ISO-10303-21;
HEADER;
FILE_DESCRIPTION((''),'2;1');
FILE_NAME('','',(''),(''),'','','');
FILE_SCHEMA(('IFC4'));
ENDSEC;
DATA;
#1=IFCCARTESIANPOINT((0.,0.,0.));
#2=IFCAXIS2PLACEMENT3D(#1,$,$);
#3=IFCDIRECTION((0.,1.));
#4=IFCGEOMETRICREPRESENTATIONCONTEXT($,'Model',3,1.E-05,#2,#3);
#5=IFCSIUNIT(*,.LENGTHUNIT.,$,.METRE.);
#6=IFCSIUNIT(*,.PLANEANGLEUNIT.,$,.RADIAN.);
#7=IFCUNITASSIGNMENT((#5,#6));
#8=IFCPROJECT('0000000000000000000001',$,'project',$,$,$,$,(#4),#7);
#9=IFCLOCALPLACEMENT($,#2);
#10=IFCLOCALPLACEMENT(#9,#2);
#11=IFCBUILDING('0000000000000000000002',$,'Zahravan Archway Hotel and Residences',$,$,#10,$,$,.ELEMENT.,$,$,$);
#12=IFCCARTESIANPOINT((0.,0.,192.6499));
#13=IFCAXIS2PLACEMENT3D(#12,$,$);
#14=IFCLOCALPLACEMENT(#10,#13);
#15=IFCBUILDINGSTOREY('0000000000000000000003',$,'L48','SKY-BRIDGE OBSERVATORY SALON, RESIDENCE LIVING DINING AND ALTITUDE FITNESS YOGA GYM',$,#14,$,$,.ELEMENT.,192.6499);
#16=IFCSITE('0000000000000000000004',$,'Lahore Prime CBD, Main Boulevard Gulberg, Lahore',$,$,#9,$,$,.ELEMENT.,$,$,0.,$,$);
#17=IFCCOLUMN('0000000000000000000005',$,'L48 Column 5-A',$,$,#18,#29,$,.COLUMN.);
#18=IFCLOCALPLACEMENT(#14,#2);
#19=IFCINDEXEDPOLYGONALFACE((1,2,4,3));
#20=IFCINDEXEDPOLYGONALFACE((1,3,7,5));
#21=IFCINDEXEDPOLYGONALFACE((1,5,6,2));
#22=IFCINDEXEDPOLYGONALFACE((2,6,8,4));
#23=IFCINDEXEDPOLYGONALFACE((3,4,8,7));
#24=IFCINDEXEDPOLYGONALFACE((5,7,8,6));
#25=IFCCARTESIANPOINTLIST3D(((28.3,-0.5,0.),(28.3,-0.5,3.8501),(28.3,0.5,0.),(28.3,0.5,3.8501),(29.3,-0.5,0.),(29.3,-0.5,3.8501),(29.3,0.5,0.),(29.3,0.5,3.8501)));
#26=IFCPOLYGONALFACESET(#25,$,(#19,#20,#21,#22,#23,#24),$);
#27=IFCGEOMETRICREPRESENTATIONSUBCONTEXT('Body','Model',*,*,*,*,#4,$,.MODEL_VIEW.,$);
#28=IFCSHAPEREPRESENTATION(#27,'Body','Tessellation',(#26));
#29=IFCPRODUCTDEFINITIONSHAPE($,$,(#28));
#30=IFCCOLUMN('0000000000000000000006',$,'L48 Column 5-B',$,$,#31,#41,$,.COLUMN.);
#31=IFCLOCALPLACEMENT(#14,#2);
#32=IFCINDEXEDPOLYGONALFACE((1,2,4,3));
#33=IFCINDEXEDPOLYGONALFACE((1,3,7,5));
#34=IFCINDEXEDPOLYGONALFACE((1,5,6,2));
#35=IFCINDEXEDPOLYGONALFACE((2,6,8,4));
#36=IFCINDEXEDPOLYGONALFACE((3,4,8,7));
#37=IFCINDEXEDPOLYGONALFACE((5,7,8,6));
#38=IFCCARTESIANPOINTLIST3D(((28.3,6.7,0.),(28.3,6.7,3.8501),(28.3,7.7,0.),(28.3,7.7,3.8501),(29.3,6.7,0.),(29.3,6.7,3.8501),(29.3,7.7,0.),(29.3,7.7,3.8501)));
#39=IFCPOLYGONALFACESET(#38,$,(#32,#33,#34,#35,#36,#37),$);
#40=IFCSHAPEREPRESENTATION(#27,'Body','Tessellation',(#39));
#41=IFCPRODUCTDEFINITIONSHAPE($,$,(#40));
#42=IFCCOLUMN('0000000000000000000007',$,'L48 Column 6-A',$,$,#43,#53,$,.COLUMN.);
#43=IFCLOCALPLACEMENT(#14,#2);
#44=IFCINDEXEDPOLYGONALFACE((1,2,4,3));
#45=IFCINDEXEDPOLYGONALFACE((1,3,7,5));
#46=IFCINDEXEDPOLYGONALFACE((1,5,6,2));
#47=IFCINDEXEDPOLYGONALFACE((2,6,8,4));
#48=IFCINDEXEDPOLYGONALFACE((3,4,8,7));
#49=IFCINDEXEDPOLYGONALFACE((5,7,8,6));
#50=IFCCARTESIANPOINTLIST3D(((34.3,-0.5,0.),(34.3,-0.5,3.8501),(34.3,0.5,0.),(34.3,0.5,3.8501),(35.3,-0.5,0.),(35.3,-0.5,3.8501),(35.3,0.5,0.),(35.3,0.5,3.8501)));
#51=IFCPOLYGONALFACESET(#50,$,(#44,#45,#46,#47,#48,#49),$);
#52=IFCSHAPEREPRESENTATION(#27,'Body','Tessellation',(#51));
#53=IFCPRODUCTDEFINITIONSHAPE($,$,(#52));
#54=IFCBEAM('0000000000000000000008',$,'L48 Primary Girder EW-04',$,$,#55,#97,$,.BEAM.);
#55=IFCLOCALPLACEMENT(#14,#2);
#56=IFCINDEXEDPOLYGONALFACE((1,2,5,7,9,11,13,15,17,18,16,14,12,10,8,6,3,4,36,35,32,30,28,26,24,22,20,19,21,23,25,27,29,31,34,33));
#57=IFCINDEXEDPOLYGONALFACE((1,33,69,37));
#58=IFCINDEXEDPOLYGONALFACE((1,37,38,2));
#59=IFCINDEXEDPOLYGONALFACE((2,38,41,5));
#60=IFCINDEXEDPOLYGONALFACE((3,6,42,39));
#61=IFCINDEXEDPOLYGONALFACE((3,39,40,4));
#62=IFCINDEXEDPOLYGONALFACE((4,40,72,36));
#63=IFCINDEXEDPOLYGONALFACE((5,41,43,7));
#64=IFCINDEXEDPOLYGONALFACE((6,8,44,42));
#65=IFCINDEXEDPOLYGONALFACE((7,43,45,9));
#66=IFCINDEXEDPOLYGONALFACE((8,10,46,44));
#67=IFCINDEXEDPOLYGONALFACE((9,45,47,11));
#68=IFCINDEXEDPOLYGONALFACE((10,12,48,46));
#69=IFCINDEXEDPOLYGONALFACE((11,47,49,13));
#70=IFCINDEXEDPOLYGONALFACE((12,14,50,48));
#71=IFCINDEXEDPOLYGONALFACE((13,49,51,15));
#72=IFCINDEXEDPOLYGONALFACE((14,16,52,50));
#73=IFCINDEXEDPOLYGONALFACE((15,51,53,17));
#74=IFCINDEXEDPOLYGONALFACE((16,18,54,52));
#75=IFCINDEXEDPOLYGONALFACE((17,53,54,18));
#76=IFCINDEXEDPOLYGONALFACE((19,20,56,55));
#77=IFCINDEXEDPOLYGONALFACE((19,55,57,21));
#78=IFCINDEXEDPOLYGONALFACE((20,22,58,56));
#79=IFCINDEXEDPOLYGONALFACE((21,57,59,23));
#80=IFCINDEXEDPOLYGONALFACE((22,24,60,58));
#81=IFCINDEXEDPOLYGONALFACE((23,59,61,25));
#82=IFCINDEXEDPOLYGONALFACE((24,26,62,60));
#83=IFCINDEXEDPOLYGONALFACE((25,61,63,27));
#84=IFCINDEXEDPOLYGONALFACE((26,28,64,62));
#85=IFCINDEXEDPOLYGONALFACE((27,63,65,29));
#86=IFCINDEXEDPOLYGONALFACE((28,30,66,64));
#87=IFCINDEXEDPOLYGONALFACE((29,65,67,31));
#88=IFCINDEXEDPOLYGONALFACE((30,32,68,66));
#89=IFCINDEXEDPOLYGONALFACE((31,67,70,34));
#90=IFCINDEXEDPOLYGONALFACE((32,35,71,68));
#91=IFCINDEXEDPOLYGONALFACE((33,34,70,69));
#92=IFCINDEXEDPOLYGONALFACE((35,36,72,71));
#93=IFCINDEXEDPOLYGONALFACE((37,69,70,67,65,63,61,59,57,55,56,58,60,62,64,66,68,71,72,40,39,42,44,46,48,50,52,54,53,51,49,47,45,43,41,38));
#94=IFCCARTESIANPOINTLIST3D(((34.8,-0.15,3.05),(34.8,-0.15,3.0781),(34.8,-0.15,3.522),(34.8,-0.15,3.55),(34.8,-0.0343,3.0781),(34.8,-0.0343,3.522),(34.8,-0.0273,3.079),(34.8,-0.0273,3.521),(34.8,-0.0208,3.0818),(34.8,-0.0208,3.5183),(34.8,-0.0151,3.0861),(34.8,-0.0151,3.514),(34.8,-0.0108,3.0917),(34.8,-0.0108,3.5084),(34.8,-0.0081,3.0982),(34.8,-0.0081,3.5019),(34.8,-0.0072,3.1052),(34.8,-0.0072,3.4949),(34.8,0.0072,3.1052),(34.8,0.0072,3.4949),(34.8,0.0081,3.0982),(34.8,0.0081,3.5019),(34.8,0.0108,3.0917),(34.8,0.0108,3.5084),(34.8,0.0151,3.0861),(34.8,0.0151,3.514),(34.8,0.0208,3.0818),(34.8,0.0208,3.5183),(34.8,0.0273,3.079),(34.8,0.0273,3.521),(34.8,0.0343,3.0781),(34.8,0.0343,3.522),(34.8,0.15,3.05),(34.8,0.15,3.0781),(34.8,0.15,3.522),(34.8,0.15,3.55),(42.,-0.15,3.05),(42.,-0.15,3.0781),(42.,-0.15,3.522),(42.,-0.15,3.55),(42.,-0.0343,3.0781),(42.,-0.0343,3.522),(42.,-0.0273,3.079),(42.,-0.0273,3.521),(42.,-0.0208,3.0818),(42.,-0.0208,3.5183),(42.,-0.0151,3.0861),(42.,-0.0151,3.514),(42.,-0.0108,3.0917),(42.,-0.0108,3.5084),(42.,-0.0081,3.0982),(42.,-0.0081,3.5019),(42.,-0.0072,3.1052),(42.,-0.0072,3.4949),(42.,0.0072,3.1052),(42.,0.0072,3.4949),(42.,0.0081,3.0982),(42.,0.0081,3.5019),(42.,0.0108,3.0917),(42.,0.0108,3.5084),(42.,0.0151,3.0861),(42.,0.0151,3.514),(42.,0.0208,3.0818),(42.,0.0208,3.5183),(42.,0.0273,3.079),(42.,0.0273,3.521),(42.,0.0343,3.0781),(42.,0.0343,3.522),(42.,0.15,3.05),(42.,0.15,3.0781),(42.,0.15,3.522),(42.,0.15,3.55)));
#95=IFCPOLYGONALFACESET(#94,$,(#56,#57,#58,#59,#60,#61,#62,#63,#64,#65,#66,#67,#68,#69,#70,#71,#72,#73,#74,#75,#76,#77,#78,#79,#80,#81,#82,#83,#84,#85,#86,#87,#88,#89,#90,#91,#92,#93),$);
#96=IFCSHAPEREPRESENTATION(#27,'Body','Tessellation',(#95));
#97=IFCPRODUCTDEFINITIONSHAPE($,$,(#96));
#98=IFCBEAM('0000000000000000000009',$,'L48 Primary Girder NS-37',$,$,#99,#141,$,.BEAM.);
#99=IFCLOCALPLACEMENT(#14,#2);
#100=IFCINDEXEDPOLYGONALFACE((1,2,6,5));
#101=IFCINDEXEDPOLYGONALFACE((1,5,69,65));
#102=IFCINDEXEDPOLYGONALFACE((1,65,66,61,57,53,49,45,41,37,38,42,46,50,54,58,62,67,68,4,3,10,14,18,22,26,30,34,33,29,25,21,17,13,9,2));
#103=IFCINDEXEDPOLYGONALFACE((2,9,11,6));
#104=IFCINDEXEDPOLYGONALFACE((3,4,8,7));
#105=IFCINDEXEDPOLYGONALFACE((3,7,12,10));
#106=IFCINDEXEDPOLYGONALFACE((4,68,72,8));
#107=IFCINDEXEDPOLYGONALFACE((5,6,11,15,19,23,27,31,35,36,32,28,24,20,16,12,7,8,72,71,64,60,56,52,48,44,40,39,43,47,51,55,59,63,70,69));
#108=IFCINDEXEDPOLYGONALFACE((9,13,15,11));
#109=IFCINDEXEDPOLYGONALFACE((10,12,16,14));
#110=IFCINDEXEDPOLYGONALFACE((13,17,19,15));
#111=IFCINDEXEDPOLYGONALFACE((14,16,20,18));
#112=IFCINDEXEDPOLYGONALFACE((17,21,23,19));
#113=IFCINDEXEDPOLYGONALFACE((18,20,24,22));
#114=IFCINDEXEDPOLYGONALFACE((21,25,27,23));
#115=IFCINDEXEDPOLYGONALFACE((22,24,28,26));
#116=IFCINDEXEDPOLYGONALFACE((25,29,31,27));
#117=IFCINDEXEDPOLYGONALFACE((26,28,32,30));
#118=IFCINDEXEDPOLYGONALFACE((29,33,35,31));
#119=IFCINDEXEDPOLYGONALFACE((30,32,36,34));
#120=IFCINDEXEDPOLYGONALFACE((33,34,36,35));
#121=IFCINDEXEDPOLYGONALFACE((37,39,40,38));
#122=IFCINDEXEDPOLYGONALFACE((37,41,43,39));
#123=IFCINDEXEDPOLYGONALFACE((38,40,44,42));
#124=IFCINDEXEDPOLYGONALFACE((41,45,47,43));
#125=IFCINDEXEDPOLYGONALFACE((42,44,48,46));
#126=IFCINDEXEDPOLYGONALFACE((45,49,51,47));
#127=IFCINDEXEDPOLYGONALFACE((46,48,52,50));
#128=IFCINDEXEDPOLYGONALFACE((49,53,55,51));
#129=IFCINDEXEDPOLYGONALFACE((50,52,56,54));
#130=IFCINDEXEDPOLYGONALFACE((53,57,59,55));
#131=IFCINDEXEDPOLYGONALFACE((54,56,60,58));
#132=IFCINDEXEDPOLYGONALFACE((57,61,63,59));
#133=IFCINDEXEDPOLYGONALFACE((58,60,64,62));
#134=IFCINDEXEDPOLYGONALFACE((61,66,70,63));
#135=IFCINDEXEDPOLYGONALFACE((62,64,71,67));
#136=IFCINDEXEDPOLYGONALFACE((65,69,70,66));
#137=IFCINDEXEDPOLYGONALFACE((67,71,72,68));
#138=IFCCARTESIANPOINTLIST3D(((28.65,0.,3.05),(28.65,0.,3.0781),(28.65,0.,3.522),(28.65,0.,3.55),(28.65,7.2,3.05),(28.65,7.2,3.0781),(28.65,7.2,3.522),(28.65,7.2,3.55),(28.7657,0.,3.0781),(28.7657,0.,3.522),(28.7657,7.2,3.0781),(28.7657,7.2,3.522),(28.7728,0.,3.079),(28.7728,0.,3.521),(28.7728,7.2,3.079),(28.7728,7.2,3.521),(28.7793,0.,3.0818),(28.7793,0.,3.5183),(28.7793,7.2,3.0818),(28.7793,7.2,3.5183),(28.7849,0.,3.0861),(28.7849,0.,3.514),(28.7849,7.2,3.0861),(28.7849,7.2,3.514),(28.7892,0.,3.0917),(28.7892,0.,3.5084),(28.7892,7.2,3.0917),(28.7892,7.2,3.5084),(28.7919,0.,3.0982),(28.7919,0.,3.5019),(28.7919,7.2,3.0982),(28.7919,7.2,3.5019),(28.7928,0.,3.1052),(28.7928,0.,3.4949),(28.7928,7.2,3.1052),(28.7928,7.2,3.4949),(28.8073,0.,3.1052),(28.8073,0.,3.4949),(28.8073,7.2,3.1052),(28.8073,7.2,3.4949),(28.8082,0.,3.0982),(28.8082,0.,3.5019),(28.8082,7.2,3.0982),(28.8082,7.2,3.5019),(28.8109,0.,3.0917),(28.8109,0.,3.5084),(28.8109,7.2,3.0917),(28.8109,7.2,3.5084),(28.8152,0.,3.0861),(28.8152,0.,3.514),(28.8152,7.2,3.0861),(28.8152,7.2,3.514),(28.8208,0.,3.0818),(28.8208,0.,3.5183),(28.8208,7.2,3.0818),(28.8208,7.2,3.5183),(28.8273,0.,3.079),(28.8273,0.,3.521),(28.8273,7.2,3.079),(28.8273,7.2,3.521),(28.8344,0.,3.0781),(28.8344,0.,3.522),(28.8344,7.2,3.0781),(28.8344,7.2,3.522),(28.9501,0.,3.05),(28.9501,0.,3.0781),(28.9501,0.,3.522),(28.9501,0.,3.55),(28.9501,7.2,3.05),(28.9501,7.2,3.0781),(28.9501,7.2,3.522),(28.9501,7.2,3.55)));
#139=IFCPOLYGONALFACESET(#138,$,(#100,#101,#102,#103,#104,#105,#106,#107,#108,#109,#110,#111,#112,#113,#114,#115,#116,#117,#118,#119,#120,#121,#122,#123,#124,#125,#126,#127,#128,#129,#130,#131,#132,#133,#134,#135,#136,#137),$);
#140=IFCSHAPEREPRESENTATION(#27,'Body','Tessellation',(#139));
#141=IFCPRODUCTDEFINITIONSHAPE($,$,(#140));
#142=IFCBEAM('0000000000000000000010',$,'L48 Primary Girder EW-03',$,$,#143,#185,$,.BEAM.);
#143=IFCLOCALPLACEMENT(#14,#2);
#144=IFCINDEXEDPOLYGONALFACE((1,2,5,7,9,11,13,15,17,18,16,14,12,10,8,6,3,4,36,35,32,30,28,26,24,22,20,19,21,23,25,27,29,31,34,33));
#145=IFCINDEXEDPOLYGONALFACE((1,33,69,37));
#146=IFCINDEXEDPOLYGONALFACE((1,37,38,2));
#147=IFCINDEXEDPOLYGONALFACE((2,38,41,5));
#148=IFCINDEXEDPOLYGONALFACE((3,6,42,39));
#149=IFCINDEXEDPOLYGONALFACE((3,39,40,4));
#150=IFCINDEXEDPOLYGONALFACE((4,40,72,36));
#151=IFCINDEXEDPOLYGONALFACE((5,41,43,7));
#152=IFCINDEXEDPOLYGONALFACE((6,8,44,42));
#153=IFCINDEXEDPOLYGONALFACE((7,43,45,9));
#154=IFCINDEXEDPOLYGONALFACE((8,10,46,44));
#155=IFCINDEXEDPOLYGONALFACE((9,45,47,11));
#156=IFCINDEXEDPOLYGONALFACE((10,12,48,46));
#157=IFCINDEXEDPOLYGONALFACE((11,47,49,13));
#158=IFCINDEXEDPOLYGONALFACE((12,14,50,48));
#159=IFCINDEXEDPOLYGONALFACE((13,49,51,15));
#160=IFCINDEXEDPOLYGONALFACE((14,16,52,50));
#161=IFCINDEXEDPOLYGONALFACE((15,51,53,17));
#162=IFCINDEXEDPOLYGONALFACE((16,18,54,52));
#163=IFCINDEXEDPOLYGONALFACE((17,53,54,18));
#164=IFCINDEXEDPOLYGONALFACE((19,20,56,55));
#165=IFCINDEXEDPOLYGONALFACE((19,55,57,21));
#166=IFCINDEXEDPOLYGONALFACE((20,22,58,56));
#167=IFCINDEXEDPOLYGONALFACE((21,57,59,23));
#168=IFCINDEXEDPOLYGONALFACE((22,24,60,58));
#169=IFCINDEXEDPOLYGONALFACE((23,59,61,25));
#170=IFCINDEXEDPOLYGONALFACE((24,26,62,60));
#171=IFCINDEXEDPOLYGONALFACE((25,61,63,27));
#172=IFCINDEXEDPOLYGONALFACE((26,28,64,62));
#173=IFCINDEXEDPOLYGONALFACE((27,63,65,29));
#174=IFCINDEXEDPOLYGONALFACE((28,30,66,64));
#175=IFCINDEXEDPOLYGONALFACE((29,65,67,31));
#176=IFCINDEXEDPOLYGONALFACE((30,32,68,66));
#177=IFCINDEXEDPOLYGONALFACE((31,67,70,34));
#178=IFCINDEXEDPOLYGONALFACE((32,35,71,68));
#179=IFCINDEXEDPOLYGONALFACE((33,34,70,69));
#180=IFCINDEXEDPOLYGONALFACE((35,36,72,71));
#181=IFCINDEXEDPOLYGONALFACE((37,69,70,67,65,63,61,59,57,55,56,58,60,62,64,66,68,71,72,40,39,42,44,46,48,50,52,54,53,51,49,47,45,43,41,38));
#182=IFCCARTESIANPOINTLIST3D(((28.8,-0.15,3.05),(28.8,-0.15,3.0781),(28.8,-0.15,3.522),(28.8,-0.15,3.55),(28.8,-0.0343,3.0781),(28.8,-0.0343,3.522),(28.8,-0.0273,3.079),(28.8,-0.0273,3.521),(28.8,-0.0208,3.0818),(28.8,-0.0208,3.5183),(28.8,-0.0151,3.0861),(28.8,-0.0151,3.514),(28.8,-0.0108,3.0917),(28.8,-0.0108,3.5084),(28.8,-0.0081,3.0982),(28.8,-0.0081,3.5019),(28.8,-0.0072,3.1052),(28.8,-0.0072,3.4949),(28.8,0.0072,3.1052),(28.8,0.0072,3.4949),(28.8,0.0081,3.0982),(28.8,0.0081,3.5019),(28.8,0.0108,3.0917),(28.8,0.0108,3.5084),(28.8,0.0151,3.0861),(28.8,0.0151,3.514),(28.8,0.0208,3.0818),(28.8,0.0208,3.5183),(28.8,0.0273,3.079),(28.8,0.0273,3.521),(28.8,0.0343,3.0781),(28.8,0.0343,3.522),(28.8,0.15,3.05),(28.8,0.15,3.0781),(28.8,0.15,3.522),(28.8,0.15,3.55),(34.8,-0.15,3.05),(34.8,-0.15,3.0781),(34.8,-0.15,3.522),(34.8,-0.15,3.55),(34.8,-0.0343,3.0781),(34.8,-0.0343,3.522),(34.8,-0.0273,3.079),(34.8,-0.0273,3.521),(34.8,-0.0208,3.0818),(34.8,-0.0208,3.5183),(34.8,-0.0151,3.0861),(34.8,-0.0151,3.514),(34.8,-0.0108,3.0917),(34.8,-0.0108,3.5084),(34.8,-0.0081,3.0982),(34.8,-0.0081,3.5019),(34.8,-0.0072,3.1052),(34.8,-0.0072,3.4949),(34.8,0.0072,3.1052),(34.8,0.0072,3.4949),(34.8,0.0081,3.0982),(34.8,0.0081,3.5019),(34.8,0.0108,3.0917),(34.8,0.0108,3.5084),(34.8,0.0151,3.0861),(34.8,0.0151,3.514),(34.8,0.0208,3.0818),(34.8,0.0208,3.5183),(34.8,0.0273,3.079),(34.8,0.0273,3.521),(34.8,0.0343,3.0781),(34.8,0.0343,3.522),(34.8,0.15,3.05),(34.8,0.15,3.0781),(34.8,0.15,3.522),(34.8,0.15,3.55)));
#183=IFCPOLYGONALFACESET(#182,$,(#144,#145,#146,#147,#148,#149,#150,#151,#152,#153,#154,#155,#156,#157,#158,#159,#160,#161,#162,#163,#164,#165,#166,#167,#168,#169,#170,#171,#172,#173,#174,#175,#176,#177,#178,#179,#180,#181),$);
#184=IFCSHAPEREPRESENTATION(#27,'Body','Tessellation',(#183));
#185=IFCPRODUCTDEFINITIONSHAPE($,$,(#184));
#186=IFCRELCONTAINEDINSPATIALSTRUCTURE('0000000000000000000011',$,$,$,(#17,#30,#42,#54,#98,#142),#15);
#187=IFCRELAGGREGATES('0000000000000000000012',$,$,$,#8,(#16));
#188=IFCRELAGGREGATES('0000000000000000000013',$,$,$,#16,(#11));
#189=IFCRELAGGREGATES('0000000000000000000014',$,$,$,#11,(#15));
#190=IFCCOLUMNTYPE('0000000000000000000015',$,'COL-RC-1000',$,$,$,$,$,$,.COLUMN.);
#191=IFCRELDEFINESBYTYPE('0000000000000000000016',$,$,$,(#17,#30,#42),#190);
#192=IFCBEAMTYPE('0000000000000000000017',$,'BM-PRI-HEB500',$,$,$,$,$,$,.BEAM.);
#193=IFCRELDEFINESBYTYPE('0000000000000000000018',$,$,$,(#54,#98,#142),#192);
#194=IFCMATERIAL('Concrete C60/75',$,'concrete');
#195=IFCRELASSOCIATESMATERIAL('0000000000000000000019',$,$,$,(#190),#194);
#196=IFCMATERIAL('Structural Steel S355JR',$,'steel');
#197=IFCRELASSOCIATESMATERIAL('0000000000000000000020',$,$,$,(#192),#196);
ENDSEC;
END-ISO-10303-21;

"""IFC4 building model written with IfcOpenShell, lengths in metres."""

from ifc_helpers import new_model, si_unit, direction, frame, origin, origin_2d, place, context, subcontext, project, spatial, rectangle, i_section, extrude, source, transform, mapped, material, material_profile, profile_set, type_object, element, save


model = new_model("IFC4")

# Units and contexts
model_context = context("Model", 3, precision=1e-05, world=origin(), true_north=direction((0.0, 1.0)))
body_context = subcontext(model_context, "Body", "Model", "MODEL_VIEW")
ifc_project = project(units=[si_unit("LENGTHUNIT", "METRE"), si_unit("PLANEANGLEUNIT", "RADIAN")], contexts=[model_context])

# Site, building, storey
site_placement = place(None, origin())
site = spatial("IfcSite", under=ifc_project, at=site_placement, Name="Lahore Prime CBD, Main Boulevard Gulberg, Lahore", CompositionType="ELEMENT", RefElevation=0.0)
building_placement = place(site_placement, origin())
building = spatial("IfcBuilding", under=site, at=building_placement, Name="Zahravan Archway Hotel and Residences", CompositionType="ELEMENT")
storey_placement = place(building_placement, frame((0.0, 0.0, 192.6499)))
storey = spatial("IfcBuildingStorey", under=building, at=storey_placement, Name="L48", Description="SKY-BRIDGE OBSERVATORY SALON, RESIDENCE LIVING DINING AND ALTITUDE FITNESS YOGA GYM", CompositionType="ELEMENT", Elevation=192.6499)

# Columns
ifc_material_1 = material(Name="Concrete C60/75", Category="concrete")
ifc_material_profile_1 = material_profile(ifc_material_1, rectangle(XDim=1.0, YDim=1.0, at=origin_2d()), Name="RC-COL-1000x1000", Category="concrete")
ifc_profile_set_1 = profile_set([ifc_material_profile_1], Name="Concrete C60/75")
column_type = type_object("IfcColumnType", Name="COL-RC-1000", PredefinedType="COLUMN", material=ifc_profile_set_1)
shared_shape_1 = source(origin(), body_context, "Body", "SweptSolid", [
    extrude(rectangle(XDim=1.0, YDim=1.0, at=origin_2d()), origin(), (0.0, 0.0, 1.0), 3.8501),
])
for number, where, z_axis, x_axis, name in (
    (1, (28.8, 0.0, 0.0), (0.0, 0.0, 1.0), (1.0, 0.0, 0.0), "L48 Column 5-A"),
    (2, (28.8, 7.2, 0.0), (0.0, 0.0, 1.0), (1.0, 0.0, 0.0), "L48 Column 5-B"),
    (3, (34.8, 0.0, 0.0), (0.0, 0.0, 1.0), (1.0, 0.0, 0.0), "L48 Column 6-A"),
):
    element("IfcColumn", number, at=place(storey_placement, frame(where, z_axis=z_axis, x_axis=x_axis)), inside=storey, type_object=column_type, Name=name, PredefinedType="COLUMN", context=body_context, shape_type="MappedRepresentation", body=[
        mapped(shared_shape_1, transform((0.0, 0.0, 0.0), scale=1.0)),
    ])

# Beams
ifc_material_2 = material(Name="Structural Steel S355JR", Category="steel")
ifc_material_profile_2 = material_profile(ifc_material_2, i_section(OverallWidth=0.3, OverallDepth=0.5, WebThickness=0.0144, FlangeThickness=0.0281, FilletRadius=0.0271, at=origin_2d()), Name="HEB 500", Category="steel")
ifc_profile_set_2 = profile_set([ifc_material_profile_2], Name="Structural Steel S355JR")
beam_type_1 = type_object("IfcBeamType", Name="BM-PRI-HEB500", PredefinedType="BEAM", material=ifc_profile_set_2)
shared_shape_2 = source(origin(), body_context, "Body", "SweptSolid", [
    extrude(i_section(OverallWidth=0.3, OverallDepth=0.5, WebThickness=0.0144, FlangeThickness=0.0281, FilletRadius=0.0271, at=origin_2d()), origin(), (0.0, 0.0, 1.0), 7.2),
])
for number, where, z_axis, x_axis, name in (
    (4, (34.8, 0.0, 3.3), (1.0, 0.0, 0.0), (0.0, 1.0, 0.0), "L48 Primary Girder EW-04"),
    (5, (28.8, 0.0, 3.3), (0.0, 1.0, 0.0), (-1.0, 0.0, 0.0), "L48 Primary Girder NS-37"),
):
    element("IfcBeam", number, at=place(storey_placement, frame(where, z_axis=z_axis, x_axis=x_axis)), inside=storey, type_object=beam_type_1, Name=name, PredefinedType="BEAM", context=body_context, shape_type="MappedRepresentation", body=[
        mapped(shared_shape_2, transform((0.0, 0.0, 0.0), scale=1.0)),
    ])
shared_shape_3 = source(origin(), body_context, "Body", "SweptSolid", [
    extrude(i_section(OverallWidth=0.3, OverallDepth=0.5, WebThickness=0.0144, FlangeThickness=0.0281, FilletRadius=0.0271, at=origin_2d()), origin(), (0.0, 0.0, 1.0), 6.0),
])
beam_placement = place(storey_placement, frame((28.8, 0.0, 3.3), z_axis=(1.0, 0.0, 0.0), x_axis=(0.0, 1.0, 0.0)))
element("IfcBeam", 6, at=beam_placement, inside=storey, type_object=beam_type_1, Name="L48 Primary Girder EW-03", PredefinedType="BEAM", context=body_context, shape_type="MappedRepresentation", body=[
    mapped(shared_shape_3, transform((0.0, 0.0, 0.0), scale=1.0)),
])

save(model, "model.ifc")
